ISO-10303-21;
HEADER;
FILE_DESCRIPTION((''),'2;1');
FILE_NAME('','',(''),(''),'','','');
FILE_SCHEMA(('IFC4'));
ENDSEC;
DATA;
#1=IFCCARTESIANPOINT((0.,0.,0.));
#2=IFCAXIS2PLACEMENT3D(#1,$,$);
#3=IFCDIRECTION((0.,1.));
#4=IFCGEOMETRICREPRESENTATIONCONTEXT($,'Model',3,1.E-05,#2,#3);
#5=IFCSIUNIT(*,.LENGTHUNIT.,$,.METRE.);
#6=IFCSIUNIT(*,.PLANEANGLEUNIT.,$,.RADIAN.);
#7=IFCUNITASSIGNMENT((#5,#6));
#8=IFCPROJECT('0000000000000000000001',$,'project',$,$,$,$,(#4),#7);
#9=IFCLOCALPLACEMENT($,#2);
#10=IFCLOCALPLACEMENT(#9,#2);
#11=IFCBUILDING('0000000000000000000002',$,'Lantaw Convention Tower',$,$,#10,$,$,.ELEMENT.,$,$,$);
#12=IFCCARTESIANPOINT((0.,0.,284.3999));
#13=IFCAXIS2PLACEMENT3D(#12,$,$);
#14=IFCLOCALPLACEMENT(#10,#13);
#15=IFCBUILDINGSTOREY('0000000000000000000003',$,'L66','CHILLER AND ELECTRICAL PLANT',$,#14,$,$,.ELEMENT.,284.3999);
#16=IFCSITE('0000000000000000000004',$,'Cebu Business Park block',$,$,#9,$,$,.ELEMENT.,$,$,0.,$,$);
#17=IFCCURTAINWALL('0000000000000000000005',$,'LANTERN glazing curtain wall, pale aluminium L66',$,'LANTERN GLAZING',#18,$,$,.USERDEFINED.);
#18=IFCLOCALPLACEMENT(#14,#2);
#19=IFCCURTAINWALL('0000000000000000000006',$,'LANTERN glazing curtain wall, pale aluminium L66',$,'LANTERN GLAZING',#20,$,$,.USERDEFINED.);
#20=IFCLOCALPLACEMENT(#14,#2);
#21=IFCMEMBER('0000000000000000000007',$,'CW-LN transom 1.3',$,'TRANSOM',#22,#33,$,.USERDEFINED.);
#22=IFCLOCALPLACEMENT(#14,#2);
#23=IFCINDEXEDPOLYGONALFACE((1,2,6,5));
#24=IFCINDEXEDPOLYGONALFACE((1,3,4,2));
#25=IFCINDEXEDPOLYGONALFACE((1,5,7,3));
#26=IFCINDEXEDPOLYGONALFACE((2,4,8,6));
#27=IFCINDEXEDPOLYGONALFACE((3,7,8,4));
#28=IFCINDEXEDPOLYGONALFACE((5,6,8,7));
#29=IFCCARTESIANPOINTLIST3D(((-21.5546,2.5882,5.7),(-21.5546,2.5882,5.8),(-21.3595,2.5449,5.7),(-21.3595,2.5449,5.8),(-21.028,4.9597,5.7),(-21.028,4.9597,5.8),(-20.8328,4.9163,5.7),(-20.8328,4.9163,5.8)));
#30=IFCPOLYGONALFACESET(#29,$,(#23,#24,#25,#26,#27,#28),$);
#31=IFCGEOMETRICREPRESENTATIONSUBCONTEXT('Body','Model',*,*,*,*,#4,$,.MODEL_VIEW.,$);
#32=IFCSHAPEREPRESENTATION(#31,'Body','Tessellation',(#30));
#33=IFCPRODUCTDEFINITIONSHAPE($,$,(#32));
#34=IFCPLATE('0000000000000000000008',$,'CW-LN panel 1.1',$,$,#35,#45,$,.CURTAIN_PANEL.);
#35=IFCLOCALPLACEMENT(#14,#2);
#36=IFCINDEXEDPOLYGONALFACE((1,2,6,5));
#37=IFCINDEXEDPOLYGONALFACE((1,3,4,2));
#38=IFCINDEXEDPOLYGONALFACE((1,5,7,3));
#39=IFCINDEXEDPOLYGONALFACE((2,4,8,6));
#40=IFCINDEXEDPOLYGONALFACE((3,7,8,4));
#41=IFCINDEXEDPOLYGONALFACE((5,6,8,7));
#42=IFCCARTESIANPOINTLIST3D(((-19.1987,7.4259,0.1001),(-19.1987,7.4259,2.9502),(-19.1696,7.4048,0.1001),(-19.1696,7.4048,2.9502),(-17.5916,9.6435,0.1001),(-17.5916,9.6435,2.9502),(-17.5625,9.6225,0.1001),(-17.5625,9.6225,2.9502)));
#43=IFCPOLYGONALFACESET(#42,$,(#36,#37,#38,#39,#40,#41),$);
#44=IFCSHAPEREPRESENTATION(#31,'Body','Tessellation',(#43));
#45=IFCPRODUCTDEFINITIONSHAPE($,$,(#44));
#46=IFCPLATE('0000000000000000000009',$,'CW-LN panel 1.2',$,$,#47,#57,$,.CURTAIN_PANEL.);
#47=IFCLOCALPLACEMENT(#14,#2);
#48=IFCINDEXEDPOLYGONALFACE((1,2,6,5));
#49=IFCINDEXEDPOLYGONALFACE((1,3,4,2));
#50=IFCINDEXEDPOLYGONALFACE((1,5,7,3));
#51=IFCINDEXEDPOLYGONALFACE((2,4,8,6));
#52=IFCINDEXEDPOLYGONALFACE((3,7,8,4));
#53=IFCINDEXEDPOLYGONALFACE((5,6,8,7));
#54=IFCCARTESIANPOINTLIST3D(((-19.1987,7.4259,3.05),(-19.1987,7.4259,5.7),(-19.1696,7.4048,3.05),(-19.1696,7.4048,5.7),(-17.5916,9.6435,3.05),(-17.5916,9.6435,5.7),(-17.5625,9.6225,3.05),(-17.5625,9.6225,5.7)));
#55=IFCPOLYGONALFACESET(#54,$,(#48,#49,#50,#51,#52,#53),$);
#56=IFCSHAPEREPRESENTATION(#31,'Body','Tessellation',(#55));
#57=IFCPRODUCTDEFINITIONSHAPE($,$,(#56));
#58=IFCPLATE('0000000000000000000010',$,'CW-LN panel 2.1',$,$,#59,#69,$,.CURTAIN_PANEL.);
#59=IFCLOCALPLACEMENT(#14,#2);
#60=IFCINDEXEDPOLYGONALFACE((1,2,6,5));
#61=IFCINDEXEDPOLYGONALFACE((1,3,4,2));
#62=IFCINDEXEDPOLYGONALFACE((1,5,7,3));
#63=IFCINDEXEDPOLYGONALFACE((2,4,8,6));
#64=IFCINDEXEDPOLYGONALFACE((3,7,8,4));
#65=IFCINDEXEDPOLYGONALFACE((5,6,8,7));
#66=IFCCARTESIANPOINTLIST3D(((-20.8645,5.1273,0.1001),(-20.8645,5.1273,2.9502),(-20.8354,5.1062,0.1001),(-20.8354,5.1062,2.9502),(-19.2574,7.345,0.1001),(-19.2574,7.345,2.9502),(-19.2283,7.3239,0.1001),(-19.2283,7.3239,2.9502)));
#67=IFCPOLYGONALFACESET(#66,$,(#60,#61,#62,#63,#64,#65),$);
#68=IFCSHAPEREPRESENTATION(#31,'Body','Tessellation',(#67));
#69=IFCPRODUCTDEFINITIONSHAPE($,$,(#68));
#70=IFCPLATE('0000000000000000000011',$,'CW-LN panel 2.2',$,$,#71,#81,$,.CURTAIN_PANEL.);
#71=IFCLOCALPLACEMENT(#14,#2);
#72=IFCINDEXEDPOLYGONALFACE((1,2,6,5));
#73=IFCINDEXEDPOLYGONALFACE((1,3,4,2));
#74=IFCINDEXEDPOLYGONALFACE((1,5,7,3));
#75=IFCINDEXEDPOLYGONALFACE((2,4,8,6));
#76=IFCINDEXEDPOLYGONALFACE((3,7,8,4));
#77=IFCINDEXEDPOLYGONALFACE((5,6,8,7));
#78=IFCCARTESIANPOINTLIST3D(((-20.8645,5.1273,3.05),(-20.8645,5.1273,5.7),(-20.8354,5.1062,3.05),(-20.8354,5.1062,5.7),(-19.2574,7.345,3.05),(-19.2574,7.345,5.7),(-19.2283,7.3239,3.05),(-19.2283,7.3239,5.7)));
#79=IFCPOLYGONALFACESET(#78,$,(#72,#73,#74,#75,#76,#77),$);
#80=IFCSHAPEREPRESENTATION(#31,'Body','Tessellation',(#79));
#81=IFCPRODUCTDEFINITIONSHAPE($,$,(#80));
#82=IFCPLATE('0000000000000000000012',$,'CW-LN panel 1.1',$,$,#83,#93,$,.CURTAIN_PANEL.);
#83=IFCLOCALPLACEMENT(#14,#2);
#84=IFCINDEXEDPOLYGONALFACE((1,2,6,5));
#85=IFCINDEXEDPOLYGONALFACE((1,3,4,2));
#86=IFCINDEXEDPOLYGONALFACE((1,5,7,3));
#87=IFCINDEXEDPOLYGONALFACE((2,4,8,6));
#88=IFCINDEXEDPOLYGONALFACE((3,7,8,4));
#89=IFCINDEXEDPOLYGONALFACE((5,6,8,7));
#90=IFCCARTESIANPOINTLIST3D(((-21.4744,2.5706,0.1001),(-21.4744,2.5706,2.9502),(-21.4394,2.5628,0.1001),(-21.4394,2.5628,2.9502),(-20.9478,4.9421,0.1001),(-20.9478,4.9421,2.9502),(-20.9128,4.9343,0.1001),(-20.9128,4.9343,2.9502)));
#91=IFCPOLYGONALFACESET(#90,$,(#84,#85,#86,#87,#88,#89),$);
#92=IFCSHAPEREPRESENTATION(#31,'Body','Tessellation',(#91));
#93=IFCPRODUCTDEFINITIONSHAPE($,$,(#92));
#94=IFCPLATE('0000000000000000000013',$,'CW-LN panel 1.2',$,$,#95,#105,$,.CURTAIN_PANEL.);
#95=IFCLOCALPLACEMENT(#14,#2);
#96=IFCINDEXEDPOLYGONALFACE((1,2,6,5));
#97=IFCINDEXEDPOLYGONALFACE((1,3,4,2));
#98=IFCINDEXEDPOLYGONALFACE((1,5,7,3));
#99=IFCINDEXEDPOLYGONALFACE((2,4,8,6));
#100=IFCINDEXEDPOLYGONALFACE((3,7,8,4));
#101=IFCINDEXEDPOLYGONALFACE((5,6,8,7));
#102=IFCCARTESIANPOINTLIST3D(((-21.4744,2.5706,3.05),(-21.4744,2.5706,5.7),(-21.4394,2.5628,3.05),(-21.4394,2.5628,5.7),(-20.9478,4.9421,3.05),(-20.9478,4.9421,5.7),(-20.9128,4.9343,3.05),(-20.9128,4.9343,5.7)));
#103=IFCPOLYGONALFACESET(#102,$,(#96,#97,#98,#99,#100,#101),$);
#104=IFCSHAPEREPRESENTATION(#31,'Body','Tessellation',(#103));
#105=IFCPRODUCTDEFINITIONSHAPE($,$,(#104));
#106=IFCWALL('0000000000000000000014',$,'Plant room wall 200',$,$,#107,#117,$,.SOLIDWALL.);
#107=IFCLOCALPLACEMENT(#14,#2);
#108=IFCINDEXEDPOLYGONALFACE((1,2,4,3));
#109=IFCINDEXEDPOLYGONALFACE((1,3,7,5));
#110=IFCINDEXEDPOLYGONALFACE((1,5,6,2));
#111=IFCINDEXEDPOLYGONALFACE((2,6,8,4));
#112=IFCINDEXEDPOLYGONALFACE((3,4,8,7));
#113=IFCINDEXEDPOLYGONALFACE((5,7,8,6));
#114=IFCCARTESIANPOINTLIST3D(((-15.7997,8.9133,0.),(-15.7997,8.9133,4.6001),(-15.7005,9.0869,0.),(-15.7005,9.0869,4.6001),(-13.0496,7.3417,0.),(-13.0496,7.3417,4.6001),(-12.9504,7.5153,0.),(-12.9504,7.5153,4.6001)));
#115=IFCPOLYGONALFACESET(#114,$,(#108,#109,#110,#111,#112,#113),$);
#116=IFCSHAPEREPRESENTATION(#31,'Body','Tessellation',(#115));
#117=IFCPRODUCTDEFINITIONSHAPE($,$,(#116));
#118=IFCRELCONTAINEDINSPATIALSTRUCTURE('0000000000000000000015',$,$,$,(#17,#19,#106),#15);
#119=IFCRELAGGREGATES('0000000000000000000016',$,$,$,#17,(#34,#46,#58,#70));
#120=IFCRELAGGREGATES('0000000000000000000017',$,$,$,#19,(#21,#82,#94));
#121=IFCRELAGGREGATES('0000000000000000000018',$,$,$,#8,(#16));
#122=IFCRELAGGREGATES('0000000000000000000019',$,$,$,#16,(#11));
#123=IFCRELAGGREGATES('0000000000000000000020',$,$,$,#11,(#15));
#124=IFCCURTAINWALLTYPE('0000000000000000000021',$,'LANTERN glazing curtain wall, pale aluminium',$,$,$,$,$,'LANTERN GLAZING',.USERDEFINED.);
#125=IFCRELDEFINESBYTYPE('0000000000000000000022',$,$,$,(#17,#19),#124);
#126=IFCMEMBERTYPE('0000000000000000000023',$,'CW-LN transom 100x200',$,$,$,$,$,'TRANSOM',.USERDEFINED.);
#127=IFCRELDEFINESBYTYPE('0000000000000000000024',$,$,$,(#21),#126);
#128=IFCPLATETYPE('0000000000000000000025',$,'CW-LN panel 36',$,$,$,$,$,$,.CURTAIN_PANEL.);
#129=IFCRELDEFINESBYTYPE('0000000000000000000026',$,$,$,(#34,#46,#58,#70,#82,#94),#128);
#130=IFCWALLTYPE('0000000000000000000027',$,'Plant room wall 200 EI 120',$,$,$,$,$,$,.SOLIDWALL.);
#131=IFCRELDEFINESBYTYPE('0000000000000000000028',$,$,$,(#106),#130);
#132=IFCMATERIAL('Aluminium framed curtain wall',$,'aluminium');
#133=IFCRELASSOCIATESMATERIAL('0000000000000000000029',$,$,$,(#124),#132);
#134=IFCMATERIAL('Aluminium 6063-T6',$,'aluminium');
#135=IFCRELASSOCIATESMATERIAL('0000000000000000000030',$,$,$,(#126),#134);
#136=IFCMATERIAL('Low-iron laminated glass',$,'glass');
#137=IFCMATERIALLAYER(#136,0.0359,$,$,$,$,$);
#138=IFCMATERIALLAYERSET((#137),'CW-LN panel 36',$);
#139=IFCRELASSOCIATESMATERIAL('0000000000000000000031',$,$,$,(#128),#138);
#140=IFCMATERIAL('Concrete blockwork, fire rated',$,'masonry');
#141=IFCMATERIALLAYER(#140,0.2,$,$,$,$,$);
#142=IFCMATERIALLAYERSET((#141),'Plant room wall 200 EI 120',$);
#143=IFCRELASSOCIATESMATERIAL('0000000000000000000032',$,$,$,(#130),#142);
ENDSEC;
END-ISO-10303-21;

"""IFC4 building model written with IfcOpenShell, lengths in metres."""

from ifc_helpers import new_model, si_unit, direction, frame, frame_2d, origin, origin_2d, place, context, subcontext, project, spatial, rectangle, extrude, material, layer, layer_set, material_profile, profile_set, type_object, element, aggregate, save


model = new_model("IFC4")

# Units and contexts
model_context = context("Model", 3, precision=1e-05, world=origin(), true_north=direction((0.0, 1.0)))
body_context = subcontext(model_context, "Body", "Model", "MODEL_VIEW")
ifc_project = project(units=[si_unit("LENGTHUNIT", "METRE"), si_unit("PLANEANGLEUNIT", "RADIAN")], contexts=[model_context])

# Site, building, storey
site_placement = place(None, origin())
site = spatial("IfcSite", under=ifc_project, at=site_placement, Name="Cebu Business Park block", CompositionType="ELEMENT", RefElevation=0.0)
building_placement = place(site_placement, origin())
building = spatial("IfcBuilding", under=site, at=building_placement, Name="Lantaw Convention Tower", CompositionType="ELEMENT")
storey_placement = place(building_placement, frame((0.0, 0.0, 284.3999)))
storey = spatial("IfcBuildingStorey", under=building, at=storey_placement, Name="L66", Description="CHILLER AND ELECTRICAL PLANT", CompositionType="ELEMENT", Elevation=284.3999)

# Curtain walls
ifc_material_1 = material(Name="Aluminium framed curtain wall", Category="aluminium")
curtain_wall_type = type_object("IfcCurtainWallType", Name="LANTERN glazing curtain wall, pale aluminium", ElementType="LANTERN GLAZING", PredefinedType="USERDEFINED", material=ifc_material_1)
curtain_wall_1_placement = place(storey_placement, origin())
curtain_wall_1 = element("IfcCurtainWall", 1, at=curtain_wall_1_placement, inside=storey, type_object=curtain_wall_type, Name="LANTERN glazing curtain wall, pale aluminium L66", ObjectType="LANTERN GLAZING", PredefinedType="USERDEFINED")
ifc_material_2 = material(Name="Aluminium 6063-T6", Category="aluminium")
curtain_wall_2_placement = place(storey_placement, origin())
curtain_wall_2 = element("IfcCurtainWall", 2, at=curtain_wall_2_placement, inside=storey, type_object=curtain_wall_type, Name="LANTERN glazing curtain wall, pale aluminium L66", ObjectType="LANTERN GLAZING", PredefinedType="USERDEFINED")

# Member
ifc_material_profile_1 = material_profile(ifc_material_2, rectangle(XDim=0.2, YDim=0.1001, at=origin_2d()), Name="CW-LN transom 100x200")
ifc_profile_set_1 = profile_set([ifc_material_profile_1], Name="Aluminium 6063-T6")
member_type_1 = type_object("IfcMemberType", Name="CW-LN transom 100x200", ElementType="TRANSOM", PredefinedType="USERDEFINED", material=ifc_profile_set_1)
member_1_placement = place(storey_placement, frame((-20.9304, 4.938, 5.75), z_axis=(-0.216792, -0.976218, 0.0), x_axis=(0.976218, -0.216792, 0.0)))
member_1 = element("IfcMember", 3, at=member_1_placement, type_object=member_type_1, Name="CW-LN transom 1.3", ObjectType="TRANSOM", PredefinedType="USERDEFINED", context=body_context, shape_type="SweptSolid", body=[
    extrude(rectangle(XDim=0.2, YDim=0.1001, at=origin_2d()), origin(), (0.0, 0.0, 1.0), 2.4292),
])

# Plates
ifc_material_3 = material(Name="Low-iron laminated glass", Category="glass")
ifc_layer_1 = layer(ifc_material_3, 0.0359)
ifc_layer_set_1 = layer_set([ifc_layer_1], Name="CW-LN panel 36")
plate_type = type_object("IfcPlateType", Name="CW-LN panel 36", PredefinedType="CURTAIN_PANEL", material=ifc_layer_set_1)
plate_1_placement = place(storey_placement, frame((-18.3806, 8.5242, 0.1001), z_axis=(0.0, 0.0, 1.0), x_axis=(-0.586786, -0.809742, 0.0)))
plate_1 = element("IfcPlate", 4, at=plate_1_placement, type_object=plate_type, Name="CW-LN panel 1.1", PredefinedType="CURTAIN_PANEL", context=body_context, shape_type="SweptSolid", body=[
    extrude(rectangle(XDim=2.7388, YDim=0.0359, at=origin_2d()), origin(), (0.0, 0.0, 1.0), 2.8501),
])
plate_2_placement = place(storey_placement, frame((-18.3806, 8.5242, 3.05), z_axis=(0.0, 0.0, 1.0), x_axis=(-0.586786, -0.809742, 0.0)))
plate_2 = element("IfcPlate", 5, at=plate_2_placement, type_object=plate_type, Name="CW-LN panel 1.2", PredefinedType="CURTAIN_PANEL", context=body_context, shape_type="SweptSolid", body=[
    extrude(rectangle(XDim=2.7388, YDim=0.0359, at=origin_2d()), origin(), (0.0, 0.0, 1.0), 2.6499),
])
plate_3_placement = place(storey_placement, frame((-20.0464, 6.2256, 0.1001), z_axis=(0.0, 0.0, 1.0), x_axis=(-0.586786, -0.809742, 0.0)))
plate_3 = element("IfcPlate", 6, at=plate_3_placement, type_object=plate_type, Name="CW-LN panel 2.1", PredefinedType="CURTAIN_PANEL", context=body_context, shape_type="SweptSolid", body=[
    extrude(rectangle(XDim=2.7388, YDim=0.0359, at=origin_2d()), origin(), (0.0, 0.0, 1.0), 2.8501),
])
plate_4_placement = place(storey_placement, frame((-20.0464, 6.2256, 3.05), z_axis=(0.0, 0.0, 1.0), x_axis=(-0.586786, -0.809742, 0.0)))
plate_4 = element("IfcPlate", 7, at=plate_4_placement, type_object=plate_type, Name="CW-LN panel 2.2", PredefinedType="CURTAIN_PANEL", context=body_context, shape_type="SweptSolid", body=[
    extrude(rectangle(XDim=2.7388, YDim=0.0359, at=origin_2d()), origin(), (0.0, 0.0, 1.0), 2.6499),
])
aggregate(curtain_wall_1, [plate_1, plate_2, plate_3, plate_4])
plate_5_placement = place(storey_placement, frame((-21.1936, 3.7524, 0.1001), z_axis=(0.0, 0.0, 1.0), x_axis=(-0.216765, -0.976224, 0.0)))
plate_5 = element("IfcPlate", 8, at=plate_5_placement, type_object=plate_type, Name="CW-LN panel 1.1", PredefinedType="CURTAIN_PANEL", context=body_context, shape_type="SweptSolid", body=[
    extrude(rectangle(XDim=2.4292, YDim=0.0359, at=origin_2d()), origin(), (0.0, 0.0, 1.0), 2.8501),
])
plate_6_placement = place(storey_placement, frame((-21.1936, 3.7524, 3.05), z_axis=(0.0, 0.0, 1.0), x_axis=(-0.216765, -0.976224, 0.0)))
plate_6 = element("IfcPlate", 9, at=plate_6_placement, type_object=plate_type, Name="CW-LN panel 1.2", PredefinedType="CURTAIN_PANEL", context=body_context, shape_type="SweptSolid", body=[
    extrude(rectangle(XDim=2.4292, YDim=0.0359, at=origin_2d()), origin(), (0.0, 0.0, 1.0), 2.6499),
])
aggregate(curtain_wall_2, [member_1, plate_5, plate_6])

# Wall
ifc_material_4 = material(Name="Concrete blockwork, fire rated", Category="masonry")
ifc_layer_2 = layer(ifc_material_4, 0.2)
ifc_layer_set_2 = layer_set([ifc_layer_2], Name="Plant room wall 200 EI 120")
wall_type = type_object("IfcWallType", Name="Plant room wall 200 EI 120", PredefinedType="SOLIDWALL", material=ifc_layer_set_2)
wall_placement = place(storey_placement, frame((-13.0, 7.4285, 0.0), z_axis=(0.0, 0.0, 1.0), x_axis=(-0.868229, 0.496164, 0.0)))
element("IfcWall", 10, at=wall_placement, inside=storey, type_object=wall_type, Name="Plant room wall 200", PredefinedType="SOLIDWALL", context=body_context, shape_type="SweptSolid", body=[
    extrude(rectangle(XDim=3.1675, YDim=0.2, at=frame_2d((1.5837, 0.0))), origin(), (0.0, 0.0, 1.0), 4.6001),
])

save(model, "model.ifc")
